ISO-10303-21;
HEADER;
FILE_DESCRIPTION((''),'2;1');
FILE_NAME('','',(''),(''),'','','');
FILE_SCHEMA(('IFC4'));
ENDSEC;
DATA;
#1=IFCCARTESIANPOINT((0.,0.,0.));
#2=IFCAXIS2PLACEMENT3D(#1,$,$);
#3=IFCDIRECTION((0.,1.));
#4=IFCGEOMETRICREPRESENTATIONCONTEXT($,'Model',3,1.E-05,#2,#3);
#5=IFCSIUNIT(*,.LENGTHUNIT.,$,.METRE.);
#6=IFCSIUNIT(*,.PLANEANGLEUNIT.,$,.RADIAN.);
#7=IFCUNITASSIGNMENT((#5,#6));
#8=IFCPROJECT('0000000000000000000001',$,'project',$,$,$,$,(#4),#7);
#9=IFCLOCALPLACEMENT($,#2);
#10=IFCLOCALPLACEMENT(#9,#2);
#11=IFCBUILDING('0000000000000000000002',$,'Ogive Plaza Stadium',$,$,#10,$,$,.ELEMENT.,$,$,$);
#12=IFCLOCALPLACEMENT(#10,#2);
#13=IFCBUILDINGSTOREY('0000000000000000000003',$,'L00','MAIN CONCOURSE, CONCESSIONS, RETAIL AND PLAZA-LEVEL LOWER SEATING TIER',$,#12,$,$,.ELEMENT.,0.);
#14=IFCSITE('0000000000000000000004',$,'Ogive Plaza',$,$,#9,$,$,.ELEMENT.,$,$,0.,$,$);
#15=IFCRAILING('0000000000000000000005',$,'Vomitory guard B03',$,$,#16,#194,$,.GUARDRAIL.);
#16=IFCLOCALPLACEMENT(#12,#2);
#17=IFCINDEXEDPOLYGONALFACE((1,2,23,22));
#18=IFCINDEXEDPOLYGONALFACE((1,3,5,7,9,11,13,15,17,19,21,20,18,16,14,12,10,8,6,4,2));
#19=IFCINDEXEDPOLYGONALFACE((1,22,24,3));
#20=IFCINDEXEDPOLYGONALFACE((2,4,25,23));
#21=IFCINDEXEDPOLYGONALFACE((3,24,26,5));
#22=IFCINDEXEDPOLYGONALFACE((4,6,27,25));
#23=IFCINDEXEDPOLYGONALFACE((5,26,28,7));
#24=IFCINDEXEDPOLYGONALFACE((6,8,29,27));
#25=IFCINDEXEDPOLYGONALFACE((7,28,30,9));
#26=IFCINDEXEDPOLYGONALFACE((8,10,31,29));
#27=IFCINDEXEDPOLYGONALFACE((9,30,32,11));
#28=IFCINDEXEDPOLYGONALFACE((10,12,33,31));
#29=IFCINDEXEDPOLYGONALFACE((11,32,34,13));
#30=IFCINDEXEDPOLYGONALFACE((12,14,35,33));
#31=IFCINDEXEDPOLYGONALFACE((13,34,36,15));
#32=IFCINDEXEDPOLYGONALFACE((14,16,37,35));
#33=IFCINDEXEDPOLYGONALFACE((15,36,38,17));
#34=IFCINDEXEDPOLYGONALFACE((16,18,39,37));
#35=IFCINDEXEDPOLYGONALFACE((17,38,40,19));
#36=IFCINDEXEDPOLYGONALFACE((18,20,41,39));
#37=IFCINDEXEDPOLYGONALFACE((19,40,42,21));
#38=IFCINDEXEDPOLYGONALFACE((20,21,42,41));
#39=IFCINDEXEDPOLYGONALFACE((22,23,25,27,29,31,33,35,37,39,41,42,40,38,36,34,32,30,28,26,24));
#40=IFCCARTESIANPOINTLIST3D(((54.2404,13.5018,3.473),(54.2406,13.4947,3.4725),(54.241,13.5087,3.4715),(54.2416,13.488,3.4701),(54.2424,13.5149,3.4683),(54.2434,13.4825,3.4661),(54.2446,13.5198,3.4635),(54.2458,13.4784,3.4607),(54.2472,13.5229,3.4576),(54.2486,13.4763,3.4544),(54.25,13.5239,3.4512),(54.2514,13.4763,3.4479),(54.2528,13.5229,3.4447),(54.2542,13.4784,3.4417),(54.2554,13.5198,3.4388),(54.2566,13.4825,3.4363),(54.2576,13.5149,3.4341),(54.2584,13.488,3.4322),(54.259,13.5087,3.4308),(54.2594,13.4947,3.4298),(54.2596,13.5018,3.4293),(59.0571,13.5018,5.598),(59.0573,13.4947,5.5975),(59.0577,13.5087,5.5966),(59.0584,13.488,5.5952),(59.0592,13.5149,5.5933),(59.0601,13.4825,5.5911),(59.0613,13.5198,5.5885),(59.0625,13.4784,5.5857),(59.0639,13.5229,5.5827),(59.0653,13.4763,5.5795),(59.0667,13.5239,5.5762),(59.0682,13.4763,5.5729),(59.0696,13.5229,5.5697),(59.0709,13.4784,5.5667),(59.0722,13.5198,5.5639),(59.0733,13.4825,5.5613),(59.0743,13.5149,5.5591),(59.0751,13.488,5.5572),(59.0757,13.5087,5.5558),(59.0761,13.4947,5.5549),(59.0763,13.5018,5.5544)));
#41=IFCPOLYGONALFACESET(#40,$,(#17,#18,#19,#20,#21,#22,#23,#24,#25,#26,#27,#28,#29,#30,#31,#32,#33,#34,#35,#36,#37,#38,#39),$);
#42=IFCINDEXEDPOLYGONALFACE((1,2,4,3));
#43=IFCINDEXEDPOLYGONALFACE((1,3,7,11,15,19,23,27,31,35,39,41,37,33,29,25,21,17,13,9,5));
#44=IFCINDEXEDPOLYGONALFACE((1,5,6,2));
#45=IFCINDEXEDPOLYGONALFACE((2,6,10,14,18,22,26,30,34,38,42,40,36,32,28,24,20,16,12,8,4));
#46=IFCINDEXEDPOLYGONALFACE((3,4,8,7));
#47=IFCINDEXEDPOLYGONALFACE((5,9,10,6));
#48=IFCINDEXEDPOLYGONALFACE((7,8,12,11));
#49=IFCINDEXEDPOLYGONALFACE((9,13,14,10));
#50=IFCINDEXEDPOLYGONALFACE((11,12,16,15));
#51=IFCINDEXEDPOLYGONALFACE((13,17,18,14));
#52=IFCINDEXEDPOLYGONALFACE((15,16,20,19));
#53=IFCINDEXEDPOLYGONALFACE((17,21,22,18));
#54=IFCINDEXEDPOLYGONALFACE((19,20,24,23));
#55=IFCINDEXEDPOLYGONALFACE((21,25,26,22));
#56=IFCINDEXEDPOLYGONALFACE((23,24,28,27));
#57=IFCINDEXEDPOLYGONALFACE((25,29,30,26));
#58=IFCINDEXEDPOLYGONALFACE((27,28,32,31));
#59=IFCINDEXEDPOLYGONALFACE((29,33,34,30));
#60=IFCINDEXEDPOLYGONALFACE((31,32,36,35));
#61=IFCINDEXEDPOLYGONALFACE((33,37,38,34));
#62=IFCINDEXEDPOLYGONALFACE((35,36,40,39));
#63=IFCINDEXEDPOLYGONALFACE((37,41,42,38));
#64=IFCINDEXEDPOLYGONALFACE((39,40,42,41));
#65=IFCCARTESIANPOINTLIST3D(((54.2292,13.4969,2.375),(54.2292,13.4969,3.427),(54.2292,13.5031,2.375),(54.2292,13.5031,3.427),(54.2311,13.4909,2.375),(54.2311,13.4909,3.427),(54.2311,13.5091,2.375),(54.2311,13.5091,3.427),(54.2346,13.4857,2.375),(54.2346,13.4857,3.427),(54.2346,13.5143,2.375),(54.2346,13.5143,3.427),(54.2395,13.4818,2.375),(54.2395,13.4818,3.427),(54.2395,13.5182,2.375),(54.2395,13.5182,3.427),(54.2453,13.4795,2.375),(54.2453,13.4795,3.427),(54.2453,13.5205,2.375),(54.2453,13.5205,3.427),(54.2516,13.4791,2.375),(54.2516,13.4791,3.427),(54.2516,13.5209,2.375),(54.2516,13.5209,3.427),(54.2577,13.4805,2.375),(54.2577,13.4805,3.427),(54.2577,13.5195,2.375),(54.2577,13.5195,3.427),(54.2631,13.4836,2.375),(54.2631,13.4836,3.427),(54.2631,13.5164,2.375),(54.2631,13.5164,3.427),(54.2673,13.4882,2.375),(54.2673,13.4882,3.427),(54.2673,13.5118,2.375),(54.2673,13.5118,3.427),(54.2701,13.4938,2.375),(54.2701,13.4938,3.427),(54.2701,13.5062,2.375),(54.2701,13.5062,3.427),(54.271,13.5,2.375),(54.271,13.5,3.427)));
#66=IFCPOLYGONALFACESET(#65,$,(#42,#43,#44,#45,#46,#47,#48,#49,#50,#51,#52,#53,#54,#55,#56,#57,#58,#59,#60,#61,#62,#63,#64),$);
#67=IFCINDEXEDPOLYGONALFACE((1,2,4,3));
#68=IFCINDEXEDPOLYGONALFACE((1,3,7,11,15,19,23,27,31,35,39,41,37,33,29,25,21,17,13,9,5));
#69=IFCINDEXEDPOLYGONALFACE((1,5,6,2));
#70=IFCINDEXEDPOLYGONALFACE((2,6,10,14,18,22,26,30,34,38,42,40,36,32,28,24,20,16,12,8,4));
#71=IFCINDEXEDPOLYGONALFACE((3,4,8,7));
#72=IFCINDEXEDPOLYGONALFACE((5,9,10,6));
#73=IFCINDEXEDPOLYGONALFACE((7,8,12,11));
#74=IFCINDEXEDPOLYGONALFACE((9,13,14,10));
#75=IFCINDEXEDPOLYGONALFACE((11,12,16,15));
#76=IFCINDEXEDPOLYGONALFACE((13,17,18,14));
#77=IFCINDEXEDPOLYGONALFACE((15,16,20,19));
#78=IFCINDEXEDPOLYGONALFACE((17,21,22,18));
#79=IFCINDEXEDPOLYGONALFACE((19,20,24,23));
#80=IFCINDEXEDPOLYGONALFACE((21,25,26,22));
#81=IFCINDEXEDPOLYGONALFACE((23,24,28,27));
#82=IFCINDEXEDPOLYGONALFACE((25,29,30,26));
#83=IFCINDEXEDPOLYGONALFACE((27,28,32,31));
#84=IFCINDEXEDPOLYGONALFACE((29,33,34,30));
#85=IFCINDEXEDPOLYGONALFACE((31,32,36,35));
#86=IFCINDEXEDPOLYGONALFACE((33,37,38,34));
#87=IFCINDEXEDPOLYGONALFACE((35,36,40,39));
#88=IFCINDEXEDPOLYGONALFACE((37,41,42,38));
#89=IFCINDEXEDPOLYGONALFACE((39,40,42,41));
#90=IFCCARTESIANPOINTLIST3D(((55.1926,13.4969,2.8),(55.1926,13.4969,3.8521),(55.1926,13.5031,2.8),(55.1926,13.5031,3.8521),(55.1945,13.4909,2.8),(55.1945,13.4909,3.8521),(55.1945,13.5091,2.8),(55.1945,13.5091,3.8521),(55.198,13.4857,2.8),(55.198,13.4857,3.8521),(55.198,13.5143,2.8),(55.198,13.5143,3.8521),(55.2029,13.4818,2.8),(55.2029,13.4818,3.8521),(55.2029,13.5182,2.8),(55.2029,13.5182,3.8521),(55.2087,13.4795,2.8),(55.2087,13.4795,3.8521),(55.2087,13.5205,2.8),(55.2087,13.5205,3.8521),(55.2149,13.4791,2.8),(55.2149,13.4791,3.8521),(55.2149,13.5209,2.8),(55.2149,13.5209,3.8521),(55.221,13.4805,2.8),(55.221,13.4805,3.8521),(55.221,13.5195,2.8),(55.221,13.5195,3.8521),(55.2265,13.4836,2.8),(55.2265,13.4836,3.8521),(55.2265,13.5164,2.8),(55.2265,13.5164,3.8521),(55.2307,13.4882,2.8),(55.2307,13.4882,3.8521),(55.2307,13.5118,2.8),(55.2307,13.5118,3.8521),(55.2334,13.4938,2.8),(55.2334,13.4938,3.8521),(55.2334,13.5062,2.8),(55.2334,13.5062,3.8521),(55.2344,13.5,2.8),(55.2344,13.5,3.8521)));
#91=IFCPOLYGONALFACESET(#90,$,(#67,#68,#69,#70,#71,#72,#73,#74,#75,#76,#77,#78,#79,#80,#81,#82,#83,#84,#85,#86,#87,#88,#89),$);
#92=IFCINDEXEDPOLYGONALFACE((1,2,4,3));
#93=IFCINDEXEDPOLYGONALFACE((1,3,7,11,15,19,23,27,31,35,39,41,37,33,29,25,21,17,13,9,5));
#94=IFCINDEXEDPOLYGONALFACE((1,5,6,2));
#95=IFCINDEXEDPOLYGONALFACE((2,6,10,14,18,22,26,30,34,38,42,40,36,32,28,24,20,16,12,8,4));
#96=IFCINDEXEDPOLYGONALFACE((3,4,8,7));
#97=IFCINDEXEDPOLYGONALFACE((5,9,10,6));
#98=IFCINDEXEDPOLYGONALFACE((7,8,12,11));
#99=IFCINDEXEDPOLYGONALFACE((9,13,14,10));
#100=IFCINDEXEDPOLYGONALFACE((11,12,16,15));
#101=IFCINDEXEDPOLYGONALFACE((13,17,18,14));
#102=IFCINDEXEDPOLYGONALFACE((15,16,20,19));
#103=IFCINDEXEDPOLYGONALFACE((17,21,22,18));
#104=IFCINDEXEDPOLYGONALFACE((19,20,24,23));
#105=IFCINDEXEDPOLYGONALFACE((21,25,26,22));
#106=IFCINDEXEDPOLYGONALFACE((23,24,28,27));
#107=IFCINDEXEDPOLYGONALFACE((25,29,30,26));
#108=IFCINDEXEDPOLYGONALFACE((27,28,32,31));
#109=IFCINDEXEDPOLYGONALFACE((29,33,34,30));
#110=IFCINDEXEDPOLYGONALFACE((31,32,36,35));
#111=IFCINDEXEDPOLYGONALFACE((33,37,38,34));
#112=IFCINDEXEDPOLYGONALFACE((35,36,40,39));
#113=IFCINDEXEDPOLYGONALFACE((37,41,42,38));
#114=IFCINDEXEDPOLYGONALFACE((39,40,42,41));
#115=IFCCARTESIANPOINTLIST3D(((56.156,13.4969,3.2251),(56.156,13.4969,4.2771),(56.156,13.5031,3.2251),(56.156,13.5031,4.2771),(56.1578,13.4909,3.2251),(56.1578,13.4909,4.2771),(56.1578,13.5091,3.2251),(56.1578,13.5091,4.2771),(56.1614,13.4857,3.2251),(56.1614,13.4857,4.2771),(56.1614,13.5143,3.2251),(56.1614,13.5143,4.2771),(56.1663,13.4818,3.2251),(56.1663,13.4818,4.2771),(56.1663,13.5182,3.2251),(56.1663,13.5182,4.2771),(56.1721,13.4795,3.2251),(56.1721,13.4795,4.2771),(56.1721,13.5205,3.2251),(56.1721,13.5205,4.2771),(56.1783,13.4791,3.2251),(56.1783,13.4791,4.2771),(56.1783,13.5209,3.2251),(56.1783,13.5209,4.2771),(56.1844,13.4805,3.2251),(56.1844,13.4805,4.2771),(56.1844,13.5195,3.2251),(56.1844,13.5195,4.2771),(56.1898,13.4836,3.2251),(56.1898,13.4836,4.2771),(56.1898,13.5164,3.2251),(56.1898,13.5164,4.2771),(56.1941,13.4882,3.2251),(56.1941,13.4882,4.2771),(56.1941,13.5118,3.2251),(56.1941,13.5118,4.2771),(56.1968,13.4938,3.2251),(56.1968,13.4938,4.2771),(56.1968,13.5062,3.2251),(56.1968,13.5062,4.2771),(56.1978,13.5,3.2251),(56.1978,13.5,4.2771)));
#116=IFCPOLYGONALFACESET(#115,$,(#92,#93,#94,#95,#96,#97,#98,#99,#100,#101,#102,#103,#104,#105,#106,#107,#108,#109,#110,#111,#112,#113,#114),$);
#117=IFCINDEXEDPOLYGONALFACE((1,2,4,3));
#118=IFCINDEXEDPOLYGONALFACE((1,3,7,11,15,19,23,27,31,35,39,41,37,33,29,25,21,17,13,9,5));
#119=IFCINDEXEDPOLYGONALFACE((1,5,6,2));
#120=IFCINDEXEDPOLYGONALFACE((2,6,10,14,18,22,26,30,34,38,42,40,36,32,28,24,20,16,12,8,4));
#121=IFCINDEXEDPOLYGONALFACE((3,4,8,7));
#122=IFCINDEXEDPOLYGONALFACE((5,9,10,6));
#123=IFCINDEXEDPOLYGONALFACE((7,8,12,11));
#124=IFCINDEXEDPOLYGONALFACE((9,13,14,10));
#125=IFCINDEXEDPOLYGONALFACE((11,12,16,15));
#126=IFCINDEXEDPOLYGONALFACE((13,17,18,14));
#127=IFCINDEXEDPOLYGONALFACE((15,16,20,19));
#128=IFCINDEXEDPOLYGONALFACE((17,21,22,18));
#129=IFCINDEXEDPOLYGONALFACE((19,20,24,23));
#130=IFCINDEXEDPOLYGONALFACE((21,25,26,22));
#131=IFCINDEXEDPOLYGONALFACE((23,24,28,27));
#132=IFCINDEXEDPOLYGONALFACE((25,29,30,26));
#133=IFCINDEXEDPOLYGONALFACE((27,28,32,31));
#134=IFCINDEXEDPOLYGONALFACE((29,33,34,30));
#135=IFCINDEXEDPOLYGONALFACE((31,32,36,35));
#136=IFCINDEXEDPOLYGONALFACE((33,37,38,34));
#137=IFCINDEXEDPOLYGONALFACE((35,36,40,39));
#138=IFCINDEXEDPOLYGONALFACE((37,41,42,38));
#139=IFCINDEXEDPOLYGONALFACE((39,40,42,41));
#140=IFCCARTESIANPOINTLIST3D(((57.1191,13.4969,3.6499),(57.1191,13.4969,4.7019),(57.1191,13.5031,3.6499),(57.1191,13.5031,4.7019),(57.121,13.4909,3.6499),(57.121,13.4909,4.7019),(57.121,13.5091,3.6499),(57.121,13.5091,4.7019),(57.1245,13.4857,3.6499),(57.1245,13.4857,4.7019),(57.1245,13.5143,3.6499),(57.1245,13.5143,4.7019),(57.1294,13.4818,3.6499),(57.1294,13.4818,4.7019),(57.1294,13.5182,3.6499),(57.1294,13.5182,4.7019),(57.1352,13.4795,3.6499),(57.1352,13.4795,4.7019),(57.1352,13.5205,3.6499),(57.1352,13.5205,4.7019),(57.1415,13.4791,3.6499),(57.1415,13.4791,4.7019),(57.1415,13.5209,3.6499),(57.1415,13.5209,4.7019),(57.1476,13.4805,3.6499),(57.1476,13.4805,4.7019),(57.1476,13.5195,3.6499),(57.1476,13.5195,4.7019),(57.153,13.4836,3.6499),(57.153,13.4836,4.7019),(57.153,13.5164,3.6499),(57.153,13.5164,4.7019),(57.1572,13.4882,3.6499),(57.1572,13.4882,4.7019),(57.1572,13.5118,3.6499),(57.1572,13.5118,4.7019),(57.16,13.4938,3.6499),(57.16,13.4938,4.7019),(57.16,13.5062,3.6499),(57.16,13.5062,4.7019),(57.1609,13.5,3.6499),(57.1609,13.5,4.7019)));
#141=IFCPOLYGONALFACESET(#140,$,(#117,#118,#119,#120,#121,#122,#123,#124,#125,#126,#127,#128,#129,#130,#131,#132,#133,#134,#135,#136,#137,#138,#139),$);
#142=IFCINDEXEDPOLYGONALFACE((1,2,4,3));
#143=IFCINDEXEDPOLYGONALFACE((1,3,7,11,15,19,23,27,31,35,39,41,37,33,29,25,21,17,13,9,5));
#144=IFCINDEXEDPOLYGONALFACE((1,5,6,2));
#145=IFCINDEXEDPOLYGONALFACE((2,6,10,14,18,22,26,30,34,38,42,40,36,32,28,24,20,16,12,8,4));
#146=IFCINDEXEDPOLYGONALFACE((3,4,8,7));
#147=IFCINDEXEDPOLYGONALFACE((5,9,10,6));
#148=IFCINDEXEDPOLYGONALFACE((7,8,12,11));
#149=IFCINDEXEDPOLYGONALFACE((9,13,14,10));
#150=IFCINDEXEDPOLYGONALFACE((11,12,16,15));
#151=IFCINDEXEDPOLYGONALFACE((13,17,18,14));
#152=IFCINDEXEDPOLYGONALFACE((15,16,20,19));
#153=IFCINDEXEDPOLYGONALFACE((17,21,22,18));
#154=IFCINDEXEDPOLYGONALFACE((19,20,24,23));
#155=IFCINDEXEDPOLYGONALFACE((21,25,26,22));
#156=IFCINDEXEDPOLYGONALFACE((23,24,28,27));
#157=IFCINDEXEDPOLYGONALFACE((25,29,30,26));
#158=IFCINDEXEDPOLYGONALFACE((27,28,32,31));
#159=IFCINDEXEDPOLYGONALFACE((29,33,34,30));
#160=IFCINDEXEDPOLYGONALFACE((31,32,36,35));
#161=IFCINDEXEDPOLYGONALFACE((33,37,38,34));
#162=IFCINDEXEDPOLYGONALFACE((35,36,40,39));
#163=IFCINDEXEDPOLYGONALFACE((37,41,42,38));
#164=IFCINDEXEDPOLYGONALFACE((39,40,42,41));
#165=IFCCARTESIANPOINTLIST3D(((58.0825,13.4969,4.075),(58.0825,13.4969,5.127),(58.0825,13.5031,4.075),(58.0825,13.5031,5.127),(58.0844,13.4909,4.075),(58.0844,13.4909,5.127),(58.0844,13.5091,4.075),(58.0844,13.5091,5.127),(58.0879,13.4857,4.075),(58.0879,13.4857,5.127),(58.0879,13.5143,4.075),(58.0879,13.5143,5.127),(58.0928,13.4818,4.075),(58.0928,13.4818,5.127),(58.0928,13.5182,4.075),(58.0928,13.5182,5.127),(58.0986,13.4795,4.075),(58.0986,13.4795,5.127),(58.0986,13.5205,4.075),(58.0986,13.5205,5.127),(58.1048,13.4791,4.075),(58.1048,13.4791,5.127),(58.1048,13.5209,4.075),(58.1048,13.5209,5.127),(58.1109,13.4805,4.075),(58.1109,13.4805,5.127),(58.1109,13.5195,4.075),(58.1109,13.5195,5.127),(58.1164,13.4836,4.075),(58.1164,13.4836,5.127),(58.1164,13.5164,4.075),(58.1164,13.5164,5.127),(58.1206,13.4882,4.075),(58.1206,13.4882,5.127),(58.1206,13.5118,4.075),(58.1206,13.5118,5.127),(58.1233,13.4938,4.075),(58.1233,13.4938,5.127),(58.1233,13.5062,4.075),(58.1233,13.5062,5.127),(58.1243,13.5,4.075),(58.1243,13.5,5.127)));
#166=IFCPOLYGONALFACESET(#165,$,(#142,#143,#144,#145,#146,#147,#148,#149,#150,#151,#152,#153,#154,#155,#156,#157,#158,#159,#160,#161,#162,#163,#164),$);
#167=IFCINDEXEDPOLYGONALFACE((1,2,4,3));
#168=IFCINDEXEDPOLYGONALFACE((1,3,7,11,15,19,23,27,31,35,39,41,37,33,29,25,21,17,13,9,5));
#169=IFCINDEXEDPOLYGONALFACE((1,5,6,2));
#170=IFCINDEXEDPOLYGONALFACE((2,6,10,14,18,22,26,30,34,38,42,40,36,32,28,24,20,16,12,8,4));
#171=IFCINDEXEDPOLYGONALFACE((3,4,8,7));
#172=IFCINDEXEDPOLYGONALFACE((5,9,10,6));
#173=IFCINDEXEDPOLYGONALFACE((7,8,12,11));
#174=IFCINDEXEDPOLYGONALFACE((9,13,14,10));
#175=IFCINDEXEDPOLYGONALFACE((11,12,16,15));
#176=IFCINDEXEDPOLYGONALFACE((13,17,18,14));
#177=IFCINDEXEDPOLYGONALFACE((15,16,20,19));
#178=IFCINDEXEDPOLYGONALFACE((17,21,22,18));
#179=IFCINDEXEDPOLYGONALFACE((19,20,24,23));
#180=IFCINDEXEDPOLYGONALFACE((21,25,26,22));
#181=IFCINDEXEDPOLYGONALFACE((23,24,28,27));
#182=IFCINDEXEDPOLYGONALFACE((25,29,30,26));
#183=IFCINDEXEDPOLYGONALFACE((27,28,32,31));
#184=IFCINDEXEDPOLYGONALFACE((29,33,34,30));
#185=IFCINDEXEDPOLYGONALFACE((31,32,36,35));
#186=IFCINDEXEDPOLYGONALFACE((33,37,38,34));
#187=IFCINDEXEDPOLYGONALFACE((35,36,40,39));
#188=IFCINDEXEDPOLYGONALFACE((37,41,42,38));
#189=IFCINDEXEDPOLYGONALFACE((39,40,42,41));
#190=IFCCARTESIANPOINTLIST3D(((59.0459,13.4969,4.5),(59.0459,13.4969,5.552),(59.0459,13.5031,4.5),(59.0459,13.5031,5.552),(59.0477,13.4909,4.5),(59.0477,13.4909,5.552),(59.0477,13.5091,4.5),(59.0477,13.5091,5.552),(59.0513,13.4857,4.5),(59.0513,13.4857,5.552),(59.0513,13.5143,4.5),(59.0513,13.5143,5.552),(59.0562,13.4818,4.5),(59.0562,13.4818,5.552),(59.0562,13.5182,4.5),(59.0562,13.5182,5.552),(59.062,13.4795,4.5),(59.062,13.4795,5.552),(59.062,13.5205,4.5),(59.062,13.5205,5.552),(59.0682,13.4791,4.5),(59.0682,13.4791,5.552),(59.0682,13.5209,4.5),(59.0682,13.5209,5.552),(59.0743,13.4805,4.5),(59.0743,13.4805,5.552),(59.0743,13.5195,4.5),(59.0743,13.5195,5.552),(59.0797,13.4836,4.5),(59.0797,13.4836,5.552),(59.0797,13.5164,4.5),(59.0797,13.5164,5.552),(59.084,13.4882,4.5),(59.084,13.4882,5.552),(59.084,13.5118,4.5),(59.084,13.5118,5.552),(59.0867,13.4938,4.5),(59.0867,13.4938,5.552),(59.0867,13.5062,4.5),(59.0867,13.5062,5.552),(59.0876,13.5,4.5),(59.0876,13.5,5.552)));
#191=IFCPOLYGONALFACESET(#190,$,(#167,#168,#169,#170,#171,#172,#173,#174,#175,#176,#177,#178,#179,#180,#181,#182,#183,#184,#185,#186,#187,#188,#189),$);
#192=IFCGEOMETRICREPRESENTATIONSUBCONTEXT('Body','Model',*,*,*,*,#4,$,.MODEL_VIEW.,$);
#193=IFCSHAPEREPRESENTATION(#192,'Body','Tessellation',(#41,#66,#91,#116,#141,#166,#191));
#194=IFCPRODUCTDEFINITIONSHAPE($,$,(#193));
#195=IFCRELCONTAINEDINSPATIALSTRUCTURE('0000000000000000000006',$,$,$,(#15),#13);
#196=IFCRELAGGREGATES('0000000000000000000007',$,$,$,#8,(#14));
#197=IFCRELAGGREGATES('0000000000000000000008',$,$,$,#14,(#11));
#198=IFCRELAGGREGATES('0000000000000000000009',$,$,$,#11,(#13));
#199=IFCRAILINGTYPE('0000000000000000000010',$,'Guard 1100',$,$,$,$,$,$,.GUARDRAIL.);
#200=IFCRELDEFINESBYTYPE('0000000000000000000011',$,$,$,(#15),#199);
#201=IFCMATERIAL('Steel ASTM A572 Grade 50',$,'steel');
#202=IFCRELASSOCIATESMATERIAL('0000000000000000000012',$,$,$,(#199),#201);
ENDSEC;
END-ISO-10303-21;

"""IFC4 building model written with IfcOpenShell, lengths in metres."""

from ifc_helpers import new_model, si_unit, direction, frame, origin, origin_2d, place, context, subcontext, project, spatial, circle, extrude, material, type_object, element, save


model = new_model("IFC4")

# Units and contexts
model_context = context("Model", 3, precision=1e-05, world=origin(), true_north=direction((0.0, 1.0)))
body_context = subcontext(model_context, "Body", "Model", "MODEL_VIEW")
ifc_project = project(units=[si_unit("LENGTHUNIT", "METRE"), si_unit("PLANEANGLEUNIT", "RADIAN")], contexts=[model_context])

# Site, building, storey
site_placement = place(None, origin())
site = spatial("IfcSite", under=ifc_project, at=site_placement, Name="Ogive Plaza", CompositionType="ELEMENT", RefElevation=0.0)
building_placement = place(site_placement, origin())
building = spatial("IfcBuilding", under=site, at=building_placement, Name="Ogive Plaza Stadium", CompositionType="ELEMENT")
storey_placement = place(building_placement, origin())
storey = spatial("IfcBuildingStorey", under=building, at=storey_placement, Name="L00", Description="MAIN CONCOURSE, CONCESSIONS, RETAIL AND PLAZA-LEVEL LOWER SEATING TIER", CompositionType="ELEMENT", Elevation=0.0)

# Railing
ifc_material_1 = material(Name="Steel ASTM A572 Grade 50", Category="steel")
railing_type = type_object("IfcRailingType", Name="Guard 1100", PredefinedType="GUARDRAIL", material=ifc_material_1)
for number, where, name in (
    (1, (54.25, 13.5, 2.375), "Vomitory guard B03"),
):
    element("IfcRailing", number, at=place(storey_placement, frame(where)), inside=storey, type_object=railing_type, Name=name, PredefinedType="GUARDRAIL", context=body_context, shape_type="SweptSolid", body=[
        extrude(circle(Radius=0.0239, at=origin_2d()), frame((0.0, 0.0, 1.0762), z_axis=(0.914917, 0.0, 0.403641), x_axis=(0.0, 1.0, 0.0)), (0.0, 0.0, 1.0), 5.2646),
        extrude(circle(Radius=0.021, at=origin_2d()), origin(), (0.0, 0.0, 1.0), 1.052),
        extrude(circle(Radius=0.021, at=origin_2d()), frame((0.9634, 0.0, 0.425)), (0.0, 0.0, 1.0), 1.052),
        extrude(circle(Radius=0.021, at=origin_2d()), frame((1.9268, 0.0, 0.8501)), (0.0, 0.0, 1.0), 1.052),
        extrude(circle(Radius=0.021, at=origin_2d()), frame((2.8899, 0.0, 1.2749)), (0.0, 0.0, 1.0), 1.052),
        extrude(circle(Radius=0.021, at=origin_2d()), frame((3.8533, 0.0, 1.7)), (0.0, 0.0, 1.0), 1.052),
        extrude(circle(Radius=0.021, at=origin_2d()), frame((4.8167, 0.0, 2.125)), (0.0, 0.0, 1.0), 1.052),
    ])

save(model, "model.ifc")
